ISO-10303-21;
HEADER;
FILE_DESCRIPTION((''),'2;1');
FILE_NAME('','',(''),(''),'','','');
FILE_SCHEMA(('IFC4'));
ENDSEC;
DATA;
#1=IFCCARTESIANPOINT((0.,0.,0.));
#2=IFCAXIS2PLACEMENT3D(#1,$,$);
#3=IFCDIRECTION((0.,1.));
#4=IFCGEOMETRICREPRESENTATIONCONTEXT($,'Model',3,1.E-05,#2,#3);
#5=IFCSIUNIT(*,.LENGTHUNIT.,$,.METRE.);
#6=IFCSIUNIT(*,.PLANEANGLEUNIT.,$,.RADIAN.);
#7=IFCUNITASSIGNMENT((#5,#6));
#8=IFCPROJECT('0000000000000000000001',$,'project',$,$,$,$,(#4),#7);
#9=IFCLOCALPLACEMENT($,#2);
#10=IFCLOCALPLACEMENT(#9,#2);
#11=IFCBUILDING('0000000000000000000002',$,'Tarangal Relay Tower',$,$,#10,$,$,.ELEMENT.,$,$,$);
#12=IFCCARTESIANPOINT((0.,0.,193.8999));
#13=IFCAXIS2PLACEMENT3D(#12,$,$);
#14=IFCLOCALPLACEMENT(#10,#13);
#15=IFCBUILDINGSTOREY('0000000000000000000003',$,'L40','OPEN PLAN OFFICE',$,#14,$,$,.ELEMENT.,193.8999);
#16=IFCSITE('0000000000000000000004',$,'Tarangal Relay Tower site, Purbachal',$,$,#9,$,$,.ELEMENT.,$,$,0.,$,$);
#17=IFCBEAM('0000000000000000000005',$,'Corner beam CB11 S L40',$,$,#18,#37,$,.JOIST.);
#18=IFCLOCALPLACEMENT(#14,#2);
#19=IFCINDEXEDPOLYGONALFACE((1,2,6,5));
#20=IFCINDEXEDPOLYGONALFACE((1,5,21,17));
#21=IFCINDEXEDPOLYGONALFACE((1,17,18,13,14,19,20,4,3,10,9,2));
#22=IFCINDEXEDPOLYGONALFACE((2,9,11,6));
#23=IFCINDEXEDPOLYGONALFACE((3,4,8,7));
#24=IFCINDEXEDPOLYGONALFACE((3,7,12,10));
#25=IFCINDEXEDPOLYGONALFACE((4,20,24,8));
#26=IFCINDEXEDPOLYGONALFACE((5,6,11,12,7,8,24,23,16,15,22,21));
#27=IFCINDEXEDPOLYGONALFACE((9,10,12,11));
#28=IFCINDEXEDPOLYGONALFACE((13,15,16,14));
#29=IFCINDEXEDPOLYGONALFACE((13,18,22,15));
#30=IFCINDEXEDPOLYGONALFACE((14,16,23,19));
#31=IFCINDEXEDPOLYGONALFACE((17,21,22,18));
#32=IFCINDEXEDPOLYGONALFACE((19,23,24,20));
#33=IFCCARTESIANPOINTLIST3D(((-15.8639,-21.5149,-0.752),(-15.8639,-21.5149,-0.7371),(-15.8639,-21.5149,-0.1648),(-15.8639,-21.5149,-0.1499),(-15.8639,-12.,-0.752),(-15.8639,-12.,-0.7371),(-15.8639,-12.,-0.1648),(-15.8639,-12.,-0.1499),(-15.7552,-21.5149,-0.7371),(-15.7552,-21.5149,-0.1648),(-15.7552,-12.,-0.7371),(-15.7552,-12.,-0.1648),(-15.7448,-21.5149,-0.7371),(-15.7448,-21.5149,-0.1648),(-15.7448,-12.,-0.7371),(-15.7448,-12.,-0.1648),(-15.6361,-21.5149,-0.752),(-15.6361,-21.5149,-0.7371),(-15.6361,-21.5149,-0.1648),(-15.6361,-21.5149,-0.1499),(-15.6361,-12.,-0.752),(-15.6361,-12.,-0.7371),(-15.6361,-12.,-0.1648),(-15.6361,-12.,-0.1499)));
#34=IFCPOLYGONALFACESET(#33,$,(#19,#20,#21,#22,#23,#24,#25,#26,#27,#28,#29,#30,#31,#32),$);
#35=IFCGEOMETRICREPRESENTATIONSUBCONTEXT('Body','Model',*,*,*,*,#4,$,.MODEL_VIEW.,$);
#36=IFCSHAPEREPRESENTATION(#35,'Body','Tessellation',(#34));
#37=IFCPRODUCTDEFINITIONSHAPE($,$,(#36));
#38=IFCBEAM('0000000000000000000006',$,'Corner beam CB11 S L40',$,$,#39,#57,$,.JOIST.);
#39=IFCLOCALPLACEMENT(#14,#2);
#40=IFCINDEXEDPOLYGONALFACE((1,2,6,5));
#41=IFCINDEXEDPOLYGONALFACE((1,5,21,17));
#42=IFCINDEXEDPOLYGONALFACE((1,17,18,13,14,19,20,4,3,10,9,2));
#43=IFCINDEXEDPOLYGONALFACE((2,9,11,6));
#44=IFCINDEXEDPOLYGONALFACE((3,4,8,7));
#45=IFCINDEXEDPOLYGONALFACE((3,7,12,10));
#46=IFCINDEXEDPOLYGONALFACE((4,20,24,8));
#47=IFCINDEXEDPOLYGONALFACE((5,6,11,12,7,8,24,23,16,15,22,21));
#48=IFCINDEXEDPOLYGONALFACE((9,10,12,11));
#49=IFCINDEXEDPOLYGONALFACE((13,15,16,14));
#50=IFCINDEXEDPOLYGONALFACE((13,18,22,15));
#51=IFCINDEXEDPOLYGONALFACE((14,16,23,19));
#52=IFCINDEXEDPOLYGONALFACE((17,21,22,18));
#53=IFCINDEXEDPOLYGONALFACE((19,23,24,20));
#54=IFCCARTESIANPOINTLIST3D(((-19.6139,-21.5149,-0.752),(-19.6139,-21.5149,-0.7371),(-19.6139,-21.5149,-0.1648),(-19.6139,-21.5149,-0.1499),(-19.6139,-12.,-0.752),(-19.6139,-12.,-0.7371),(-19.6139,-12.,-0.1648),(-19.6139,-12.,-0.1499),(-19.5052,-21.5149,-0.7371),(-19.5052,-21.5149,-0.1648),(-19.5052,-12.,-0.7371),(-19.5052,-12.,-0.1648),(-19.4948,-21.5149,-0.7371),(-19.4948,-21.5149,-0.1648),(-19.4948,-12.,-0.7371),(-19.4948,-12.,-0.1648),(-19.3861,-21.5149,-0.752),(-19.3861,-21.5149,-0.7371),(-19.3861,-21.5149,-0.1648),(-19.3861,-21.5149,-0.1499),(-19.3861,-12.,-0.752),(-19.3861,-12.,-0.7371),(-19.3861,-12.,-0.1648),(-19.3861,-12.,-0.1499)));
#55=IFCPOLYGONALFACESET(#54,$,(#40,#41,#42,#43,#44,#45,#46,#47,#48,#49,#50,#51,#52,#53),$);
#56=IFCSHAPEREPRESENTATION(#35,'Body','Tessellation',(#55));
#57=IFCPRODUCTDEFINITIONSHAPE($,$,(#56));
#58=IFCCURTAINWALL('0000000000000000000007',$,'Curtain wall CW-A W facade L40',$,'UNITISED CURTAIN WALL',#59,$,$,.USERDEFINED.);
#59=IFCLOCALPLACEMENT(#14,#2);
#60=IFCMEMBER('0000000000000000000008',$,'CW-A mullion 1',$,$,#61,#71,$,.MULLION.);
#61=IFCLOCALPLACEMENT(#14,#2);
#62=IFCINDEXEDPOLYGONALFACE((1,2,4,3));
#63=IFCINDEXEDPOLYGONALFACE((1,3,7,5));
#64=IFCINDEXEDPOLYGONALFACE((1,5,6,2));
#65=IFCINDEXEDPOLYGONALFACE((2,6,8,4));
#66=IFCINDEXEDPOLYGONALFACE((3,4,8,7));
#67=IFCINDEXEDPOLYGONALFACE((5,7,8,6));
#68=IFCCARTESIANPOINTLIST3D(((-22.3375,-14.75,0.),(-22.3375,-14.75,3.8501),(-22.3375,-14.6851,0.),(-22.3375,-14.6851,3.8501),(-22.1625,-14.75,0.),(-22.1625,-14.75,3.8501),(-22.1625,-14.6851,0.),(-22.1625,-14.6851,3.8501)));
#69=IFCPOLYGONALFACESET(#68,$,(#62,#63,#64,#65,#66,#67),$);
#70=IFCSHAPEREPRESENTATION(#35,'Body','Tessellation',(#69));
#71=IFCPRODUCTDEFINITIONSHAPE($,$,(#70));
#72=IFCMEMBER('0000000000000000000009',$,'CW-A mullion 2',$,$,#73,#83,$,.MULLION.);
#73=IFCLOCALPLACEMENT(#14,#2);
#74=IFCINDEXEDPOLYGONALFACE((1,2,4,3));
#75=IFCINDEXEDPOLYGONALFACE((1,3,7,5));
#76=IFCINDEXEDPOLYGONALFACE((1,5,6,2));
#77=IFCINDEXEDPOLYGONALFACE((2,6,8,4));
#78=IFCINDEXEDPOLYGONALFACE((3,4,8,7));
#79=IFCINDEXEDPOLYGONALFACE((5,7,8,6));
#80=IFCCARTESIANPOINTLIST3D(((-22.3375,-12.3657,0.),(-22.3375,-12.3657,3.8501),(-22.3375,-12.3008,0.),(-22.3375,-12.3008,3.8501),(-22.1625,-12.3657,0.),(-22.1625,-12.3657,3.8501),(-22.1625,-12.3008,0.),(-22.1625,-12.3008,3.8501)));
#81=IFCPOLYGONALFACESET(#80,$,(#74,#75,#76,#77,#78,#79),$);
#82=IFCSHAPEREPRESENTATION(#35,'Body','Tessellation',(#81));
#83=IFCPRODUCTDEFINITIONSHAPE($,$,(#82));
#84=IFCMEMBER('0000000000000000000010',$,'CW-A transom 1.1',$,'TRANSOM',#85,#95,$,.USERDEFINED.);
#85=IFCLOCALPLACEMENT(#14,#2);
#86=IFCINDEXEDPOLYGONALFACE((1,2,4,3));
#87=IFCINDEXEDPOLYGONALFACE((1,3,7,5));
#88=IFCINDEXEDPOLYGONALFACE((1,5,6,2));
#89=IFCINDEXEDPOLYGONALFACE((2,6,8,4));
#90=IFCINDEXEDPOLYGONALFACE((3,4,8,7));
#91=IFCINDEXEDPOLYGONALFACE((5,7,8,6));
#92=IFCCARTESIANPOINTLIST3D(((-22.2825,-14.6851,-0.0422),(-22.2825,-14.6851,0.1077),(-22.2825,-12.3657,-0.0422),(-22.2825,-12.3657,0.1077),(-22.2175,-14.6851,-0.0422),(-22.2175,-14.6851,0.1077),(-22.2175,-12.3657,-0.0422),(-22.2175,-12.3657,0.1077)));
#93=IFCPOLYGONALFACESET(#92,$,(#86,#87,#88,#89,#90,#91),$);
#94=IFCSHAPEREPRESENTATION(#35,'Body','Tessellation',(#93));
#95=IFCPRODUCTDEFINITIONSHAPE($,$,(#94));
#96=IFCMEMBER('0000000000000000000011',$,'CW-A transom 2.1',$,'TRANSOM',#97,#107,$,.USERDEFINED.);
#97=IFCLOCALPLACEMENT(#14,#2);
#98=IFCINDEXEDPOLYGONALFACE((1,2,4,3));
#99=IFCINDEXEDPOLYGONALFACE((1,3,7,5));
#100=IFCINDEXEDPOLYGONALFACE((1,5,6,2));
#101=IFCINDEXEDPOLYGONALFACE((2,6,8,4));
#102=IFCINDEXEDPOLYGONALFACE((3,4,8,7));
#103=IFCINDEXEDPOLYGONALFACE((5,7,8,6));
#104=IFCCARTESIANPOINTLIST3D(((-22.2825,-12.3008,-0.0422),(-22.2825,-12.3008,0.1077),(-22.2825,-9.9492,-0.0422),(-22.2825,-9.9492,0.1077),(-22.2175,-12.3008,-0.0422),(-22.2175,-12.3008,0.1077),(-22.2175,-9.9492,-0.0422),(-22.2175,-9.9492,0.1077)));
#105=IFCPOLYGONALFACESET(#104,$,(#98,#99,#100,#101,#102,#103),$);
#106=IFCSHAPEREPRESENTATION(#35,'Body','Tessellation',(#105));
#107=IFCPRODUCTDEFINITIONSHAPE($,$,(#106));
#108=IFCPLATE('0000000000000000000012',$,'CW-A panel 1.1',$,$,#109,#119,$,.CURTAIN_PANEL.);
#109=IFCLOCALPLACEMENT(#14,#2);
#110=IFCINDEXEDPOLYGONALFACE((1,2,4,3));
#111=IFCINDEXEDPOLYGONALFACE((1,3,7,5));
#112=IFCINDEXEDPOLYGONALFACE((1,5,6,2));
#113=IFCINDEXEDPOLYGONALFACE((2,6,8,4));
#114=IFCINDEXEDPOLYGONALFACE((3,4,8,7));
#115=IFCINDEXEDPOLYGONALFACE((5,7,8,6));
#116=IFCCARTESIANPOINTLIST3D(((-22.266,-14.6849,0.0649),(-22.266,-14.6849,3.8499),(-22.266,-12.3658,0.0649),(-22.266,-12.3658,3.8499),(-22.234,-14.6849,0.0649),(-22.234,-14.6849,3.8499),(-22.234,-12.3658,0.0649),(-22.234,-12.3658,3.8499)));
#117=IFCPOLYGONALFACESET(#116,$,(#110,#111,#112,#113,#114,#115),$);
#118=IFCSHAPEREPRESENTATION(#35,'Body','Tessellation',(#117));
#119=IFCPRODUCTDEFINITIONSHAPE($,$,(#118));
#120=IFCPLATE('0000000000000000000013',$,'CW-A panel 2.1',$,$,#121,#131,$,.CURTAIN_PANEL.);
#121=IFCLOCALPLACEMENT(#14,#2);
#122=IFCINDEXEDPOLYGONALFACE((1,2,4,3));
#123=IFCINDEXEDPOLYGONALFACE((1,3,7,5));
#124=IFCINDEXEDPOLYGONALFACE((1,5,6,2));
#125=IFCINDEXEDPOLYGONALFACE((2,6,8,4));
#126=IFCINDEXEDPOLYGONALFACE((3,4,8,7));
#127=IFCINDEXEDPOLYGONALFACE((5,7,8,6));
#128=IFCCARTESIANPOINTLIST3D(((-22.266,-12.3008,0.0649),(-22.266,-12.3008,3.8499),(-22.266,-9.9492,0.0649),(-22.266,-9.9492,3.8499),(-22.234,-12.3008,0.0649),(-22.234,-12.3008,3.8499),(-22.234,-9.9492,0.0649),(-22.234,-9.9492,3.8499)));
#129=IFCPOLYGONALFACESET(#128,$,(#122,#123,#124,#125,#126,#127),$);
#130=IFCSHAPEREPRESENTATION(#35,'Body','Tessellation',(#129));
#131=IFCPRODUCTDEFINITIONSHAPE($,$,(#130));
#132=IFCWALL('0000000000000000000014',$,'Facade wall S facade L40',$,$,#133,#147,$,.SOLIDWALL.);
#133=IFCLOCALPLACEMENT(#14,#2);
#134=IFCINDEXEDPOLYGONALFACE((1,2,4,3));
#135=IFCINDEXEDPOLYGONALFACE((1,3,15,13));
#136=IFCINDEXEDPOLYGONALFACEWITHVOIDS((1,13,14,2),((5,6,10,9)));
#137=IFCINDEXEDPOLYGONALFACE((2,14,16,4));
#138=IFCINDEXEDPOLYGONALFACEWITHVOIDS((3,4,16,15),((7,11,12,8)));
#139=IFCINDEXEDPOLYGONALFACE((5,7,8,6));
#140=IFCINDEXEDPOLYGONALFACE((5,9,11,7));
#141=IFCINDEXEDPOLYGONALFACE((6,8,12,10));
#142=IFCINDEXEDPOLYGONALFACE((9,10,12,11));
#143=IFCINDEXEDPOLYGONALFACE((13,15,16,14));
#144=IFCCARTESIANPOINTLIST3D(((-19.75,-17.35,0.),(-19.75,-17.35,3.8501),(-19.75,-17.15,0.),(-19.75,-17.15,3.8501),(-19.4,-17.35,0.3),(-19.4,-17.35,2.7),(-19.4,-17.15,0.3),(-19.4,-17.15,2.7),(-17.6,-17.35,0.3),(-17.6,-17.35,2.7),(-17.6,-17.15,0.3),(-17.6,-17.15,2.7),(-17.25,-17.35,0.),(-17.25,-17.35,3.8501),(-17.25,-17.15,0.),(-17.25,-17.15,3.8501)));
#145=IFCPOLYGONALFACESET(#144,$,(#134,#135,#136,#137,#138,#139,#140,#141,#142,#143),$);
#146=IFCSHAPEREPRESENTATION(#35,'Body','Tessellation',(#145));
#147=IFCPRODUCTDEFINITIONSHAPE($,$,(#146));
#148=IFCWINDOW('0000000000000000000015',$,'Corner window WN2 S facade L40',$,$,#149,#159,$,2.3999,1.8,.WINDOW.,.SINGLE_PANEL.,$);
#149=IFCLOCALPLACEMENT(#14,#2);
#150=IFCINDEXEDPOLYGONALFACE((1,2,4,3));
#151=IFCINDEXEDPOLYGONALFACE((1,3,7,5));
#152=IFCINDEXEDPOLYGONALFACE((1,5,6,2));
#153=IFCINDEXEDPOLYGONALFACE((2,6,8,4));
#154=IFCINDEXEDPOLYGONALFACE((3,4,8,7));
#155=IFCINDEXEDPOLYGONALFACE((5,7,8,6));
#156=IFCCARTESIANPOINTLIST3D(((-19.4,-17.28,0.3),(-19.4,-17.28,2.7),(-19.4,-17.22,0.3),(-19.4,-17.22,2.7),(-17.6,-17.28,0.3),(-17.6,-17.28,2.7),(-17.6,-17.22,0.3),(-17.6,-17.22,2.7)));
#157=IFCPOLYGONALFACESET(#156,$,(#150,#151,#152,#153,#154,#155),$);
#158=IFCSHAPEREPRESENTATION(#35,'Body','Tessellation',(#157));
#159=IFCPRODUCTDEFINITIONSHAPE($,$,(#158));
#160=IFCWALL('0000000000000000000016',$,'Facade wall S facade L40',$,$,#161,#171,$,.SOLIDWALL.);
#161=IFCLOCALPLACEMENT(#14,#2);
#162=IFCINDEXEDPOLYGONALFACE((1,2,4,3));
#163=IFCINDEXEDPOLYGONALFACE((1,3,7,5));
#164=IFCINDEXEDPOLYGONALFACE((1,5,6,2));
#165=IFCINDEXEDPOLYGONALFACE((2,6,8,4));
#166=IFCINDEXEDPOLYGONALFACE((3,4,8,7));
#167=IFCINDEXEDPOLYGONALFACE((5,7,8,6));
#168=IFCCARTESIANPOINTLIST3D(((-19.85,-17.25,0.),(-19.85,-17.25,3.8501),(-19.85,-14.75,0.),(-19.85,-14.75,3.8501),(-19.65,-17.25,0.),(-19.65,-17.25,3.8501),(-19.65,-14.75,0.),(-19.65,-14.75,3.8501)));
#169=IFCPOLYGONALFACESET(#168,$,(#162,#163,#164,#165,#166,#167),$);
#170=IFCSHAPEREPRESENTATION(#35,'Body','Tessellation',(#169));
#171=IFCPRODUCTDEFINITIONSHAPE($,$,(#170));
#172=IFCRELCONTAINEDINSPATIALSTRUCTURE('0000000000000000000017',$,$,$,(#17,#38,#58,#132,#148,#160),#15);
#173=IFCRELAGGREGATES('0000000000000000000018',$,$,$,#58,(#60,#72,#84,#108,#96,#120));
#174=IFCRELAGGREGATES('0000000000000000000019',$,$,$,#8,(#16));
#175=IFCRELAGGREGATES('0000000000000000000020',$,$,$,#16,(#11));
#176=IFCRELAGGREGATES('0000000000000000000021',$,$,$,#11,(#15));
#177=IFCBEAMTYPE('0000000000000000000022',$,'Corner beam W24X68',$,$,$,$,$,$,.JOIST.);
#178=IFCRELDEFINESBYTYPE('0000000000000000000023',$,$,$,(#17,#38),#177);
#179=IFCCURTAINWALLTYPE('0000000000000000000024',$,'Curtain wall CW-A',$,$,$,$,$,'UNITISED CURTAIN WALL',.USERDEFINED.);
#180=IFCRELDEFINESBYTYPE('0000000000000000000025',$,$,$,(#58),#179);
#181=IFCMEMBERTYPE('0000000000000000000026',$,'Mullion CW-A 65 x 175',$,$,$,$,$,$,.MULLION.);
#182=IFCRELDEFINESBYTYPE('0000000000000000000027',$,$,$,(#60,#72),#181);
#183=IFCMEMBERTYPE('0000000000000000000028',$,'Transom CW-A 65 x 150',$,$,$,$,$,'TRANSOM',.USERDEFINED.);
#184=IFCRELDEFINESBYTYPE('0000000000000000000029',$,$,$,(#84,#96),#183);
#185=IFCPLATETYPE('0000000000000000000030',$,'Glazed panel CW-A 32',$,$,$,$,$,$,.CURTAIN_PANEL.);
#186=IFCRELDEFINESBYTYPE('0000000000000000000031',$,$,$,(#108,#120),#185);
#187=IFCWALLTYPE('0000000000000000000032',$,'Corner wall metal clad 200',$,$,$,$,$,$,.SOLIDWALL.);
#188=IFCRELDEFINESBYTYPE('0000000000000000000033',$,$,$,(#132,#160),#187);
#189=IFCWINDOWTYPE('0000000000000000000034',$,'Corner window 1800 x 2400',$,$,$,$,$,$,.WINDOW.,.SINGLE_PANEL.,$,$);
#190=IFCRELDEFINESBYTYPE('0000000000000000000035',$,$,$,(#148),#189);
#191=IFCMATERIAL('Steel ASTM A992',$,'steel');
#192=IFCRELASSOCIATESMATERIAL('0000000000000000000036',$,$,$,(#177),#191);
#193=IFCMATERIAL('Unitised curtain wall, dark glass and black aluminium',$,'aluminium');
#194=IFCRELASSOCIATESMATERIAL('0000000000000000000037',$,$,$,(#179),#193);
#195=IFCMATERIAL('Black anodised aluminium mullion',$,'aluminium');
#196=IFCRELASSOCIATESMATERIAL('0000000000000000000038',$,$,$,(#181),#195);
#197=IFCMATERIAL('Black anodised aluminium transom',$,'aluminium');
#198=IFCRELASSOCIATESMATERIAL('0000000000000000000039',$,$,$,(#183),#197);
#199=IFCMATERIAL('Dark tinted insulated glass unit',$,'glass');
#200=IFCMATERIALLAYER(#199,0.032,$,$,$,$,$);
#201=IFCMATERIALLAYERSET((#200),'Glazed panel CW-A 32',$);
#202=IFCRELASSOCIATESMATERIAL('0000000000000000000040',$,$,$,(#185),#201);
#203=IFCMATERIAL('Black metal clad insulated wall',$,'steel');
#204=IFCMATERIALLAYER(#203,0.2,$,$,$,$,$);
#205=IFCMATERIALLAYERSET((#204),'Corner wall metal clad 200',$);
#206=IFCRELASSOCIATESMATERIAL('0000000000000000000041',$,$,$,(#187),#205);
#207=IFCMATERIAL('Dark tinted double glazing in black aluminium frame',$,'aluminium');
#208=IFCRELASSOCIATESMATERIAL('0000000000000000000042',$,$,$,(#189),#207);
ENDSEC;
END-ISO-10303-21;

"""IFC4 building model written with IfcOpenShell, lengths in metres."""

from ifc_helpers import new_model, si_unit, direction, frame, frame_2d, origin, origin_2d, place, context, subcontext, project, spatial, rectangle, i_section, extrude, material, layer, layer_set, material_profile, profile_set, type_object, element, fill, aggregate, save


model = new_model("IFC4")

# Units and contexts
model_context = context("Model", 3, precision=1e-05, world=origin(), true_north=direction((0.0, 1.0)))
body_context = subcontext(model_context, "Body", "Model", "MODEL_VIEW")
ifc_project = project(units=[si_unit("LENGTHUNIT", "METRE"), si_unit("PLANEANGLEUNIT", "RADIAN")], contexts=[model_context])

# Site, building, storey
site_placement = place(None, origin())
site = spatial("IfcSite", under=ifc_project, at=site_placement, Name="Tarangal Relay Tower site, Purbachal", CompositionType="ELEMENT", RefElevation=0.0)
building_placement = place(site_placement, origin())
building = spatial("IfcBuilding", under=site, at=building_placement, Name="Tarangal Relay Tower", CompositionType="ELEMENT")
storey_placement = place(building_placement, frame((0.0, 0.0, 193.8999)))
storey = spatial("IfcBuildingStorey", under=building, at=storey_placement, Name="L40", Description="OPEN PLAN OFFICE", CompositionType="ELEMENT", Elevation=193.8999)

# Beams
ifc_material_1 = material(Name="Steel ASTM A992", Category="steel")
ifc_material_profile_1 = material_profile(ifc_material_1, i_section(OverallWidth=0.2278, OverallDepth=0.6021, WebThickness=0.0105, FlangeThickness=0.0149, at=origin_2d()), Name="W24X68")
ifc_profile_set_1 = profile_set([ifc_material_profile_1], Name="Steel ASTM A992")
beam_type = type_object("IfcBeamType", Name="Corner beam W24X68", PredefinedType="JOIST", material=ifc_profile_set_1)
for number, where, z_axis, x_axis, name in (
    (1, (-15.75, -12.0, -0.4509), (0.0, -1.0, 0.0), (1.0, 0.0, 0.0), "Corner beam CB11 S L40"),
    (2, (-19.5, -12.0, -0.4509), (0.0, -1.0, 0.0), (1.0, 0.0, 0.0), "Corner beam CB11 S L40"),
):
    element("IfcBeam", number, at=place(storey_placement, frame(where, z_axis=z_axis, x_axis=x_axis)), inside=storey, type_object=beam_type, Name=name, PredefinedType="JOIST", context=body_context, shape_type="SweptSolid", body=[
        extrude(i_section(OverallWidth=0.2278, OverallDepth=0.6021, WebThickness=0.0105, FlangeThickness=0.0149, at=origin_2d()), origin(), (0.0, 0.0, 1.0), 9.5149),
    ])

# Curtain wall, members, plates
ifc_material_2 = material(Name="Unitised curtain wall, dark glass and black aluminium", Category="aluminium")
curtain_wall_type = type_object("IfcCurtainWallType", Name="Curtain wall CW-A", ElementType="UNITISED CURTAIN WALL", PredefinedType="USERDEFINED", material=ifc_material_2)
curtain_wall_placement = place(storey_placement, origin())
curtain_wall = element("IfcCurtainWall", 3, at=curtain_wall_placement, inside=storey, type_object=curtain_wall_type, Name="Curtain wall CW-A W facade L40", ObjectType="UNITISED CURTAIN WALL", PredefinedType="USERDEFINED")
ifc_material_3 = material(Name="Black anodised aluminium mullion", Category="aluminium")
ifc_material_profile_2 = material_profile(ifc_material_3, rectangle(XDim=0.175, YDim=0.0649, at=origin_2d()), Name="CW-AM 65X175")
ifc_profile_set_2 = profile_set([ifc_material_profile_2], Name="Black anodised aluminium mullion")
member_type_1 = type_object("IfcMemberType", Name="Mullion CW-A 65 x 175", PredefinedType="MULLION", material=ifc_profile_set_2)
member_1_placement = place(storey_placement, frame((-22.25, -14.7175, 0.0), z_axis=(0.0, 0.0, 1.0), x_axis=(-1.0, 0.0, 0.0)))
member_1 = element("IfcMember", 4, at=member_1_placement, type_object=member_type_1, Name="CW-A mullion 1", PredefinedType="MULLION", context=body_context, shape_type="SweptSolid", body=[
    extrude(rectangle(XDim=0.175, YDim=0.0649, at=origin_2d()), origin(), (0.0, 0.0, 1.0), 3.8501),
])
member_2_placement = place(storey_placement, frame((-22.25, -12.3333, 0.0), z_axis=(0.0, 0.0, 1.0), x_axis=(-1.0, 0.0, 0.0)))
member_2 = element("IfcMember", 5, at=member_2_placement, type_object=member_type_1, Name="CW-A mullion 2", PredefinedType="MULLION", context=body_context, shape_type="SweptSolid", body=[
    extrude(rectangle(XDim=0.175, YDim=0.0649, at=origin_2d()), origin(), (0.0, 0.0, 1.0), 3.8501),
])
ifc_material_4 = material(Name="Black anodised aluminium transom", Category="aluminium")
ifc_material_profile_3 = material_profile(ifc_material_4, rectangle(XDim=0.0649, YDim=0.1499, at=origin_2d()), Name="CW-AT 65X150")
ifc_profile_set_3 = profile_set([ifc_material_profile_3], Name="Black anodised aluminium transom")
member_type_2 = type_object("IfcMemberType", Name="Transom CW-A 65 x 150", ElementType="TRANSOM", PredefinedType="USERDEFINED", material=ifc_profile_set_3)
member_3_placement = place(storey_placement, frame((-22.25, -14.6851, 0.0327), z_axis=(0.0, 1.0, 0.0), x_axis=(-1.0, 0.0, 0.0)))
member_3 = element("IfcMember", 6, at=member_3_placement, type_object=member_type_2, Name="CW-A transom 1.1", ObjectType="TRANSOM", PredefinedType="USERDEFINED", context=body_context, shape_type="SweptSolid", body=[
    extrude(rectangle(XDim=0.0649, YDim=0.1499, at=origin_2d()), origin(), (0.0, 0.0, 1.0), 2.3193),
])
member_4_placement = place(storey_placement, frame((-22.25, -12.3008, 0.0327), z_axis=(0.0, 1.0, 0.0), x_axis=(-1.0, 0.0, 0.0)))
member_4 = element("IfcMember", 7, at=member_4_placement, type_object=member_type_2, Name="CW-A transom 2.1", ObjectType="TRANSOM", PredefinedType="USERDEFINED", context=body_context, shape_type="SweptSolid", body=[
    extrude(rectangle(XDim=0.0649, YDim=0.1499, at=origin_2d()), origin(), (0.0, 0.0, 1.0), 2.3516),
])
ifc_material_5 = material(Name="Dark tinted insulated glass unit", Category="glass")
ifc_layer_1 = layer(ifc_material_5, 0.032)
ifc_layer_set_1 = layer_set([ifc_layer_1], Name="Glazed panel CW-A 32")
plate_type = type_object("IfcPlateType", Name="Glazed panel CW-A 32", PredefinedType="CURTAIN_PANEL", material=ifc_layer_set_1)
plate_1_placement = place(storey_placement, frame((-22.25, -13.5254, 0.0649), z_axis=(0.0, 0.0, 1.0), x_axis=(0.0, 1.0, 0.0)))
plate_1 = element("IfcPlate", 8, at=plate_1_placement, type_object=plate_type, Name="CW-A panel 1.1", PredefinedType="CURTAIN_PANEL", context=body_context, shape_type="SweptSolid", body=[
    extrude(rectangle(XDim=2.3191, YDim=0.032, at=origin_2d()), origin(), (0.0, 0.0, 1.0), 3.7849),
])
plate_2_placement = place(storey_placement, frame((-22.25, -11.125, 0.0649), z_axis=(0.0, 0.0, 1.0), x_axis=(0.0, 1.0, 0.0)))
plate_2 = element("IfcPlate", 9, at=plate_2_placement, type_object=plate_type, Name="CW-A panel 2.1", PredefinedType="CURTAIN_PANEL", context=body_context, shape_type="SweptSolid", body=[
    extrude(rectangle(XDim=2.3516, YDim=0.032, at=origin_2d()), origin(), (0.0, 0.0, 1.0), 3.7849),
])
aggregate(curtain_wall, [member_1, member_2, member_3, plate_1, member_4, plate_2])

# Wall, opening, window
ifc_material_6 = material(Name="Black metal clad insulated wall", Category="steel")
ifc_layer_2 = layer(ifc_material_6, 0.2)
ifc_layer_set_2 = layer_set([ifc_layer_2], Name="Corner wall metal clad 200")
wall_type_1 = type_object("IfcWallType", Name="Corner wall metal clad 200", PredefinedType="SOLIDWALL", material=ifc_layer_set_2)
wall_1_placement = place(storey_placement, frame((-17.25, -17.25, 0.0), z_axis=(0.0, 0.0, 1.0), x_axis=(-1.0, 0.0, 0.0)))
wall_1 = element("IfcWall", 10, at=wall_1_placement, inside=storey, type_object=wall_type_1, Name="Facade wall S facade L40", PredefinedType="SOLIDWALL", context=body_context, shape_type="SweptSolid", body=[
    extrude(rectangle(XDim=2.5, YDim=0.2, at=frame_2d((1.25, 0.0))), origin(), (0.0, 0.0, 1.0), 3.8501),
])
opening_1_placement = place(wall_1_placement, frame((0.3501, 0.0, 0.3)))
opening_1 = element("IfcOpeningElement", 11, at=opening_1_placement, cuts=wall_1, PredefinedType="OPENING", context=body_context, shape_type="SweptSolid", body=[
    extrude(rectangle(XDim=1.8, YDim=2.3999, at=frame_2d((0.8999, 1.2))), frame((0.0, 0.1099, 0.0), z_axis=(0.0, -1.0, 0.0), x_axis=(1.0, 0.0, 0.0)), (0.0, 0.0, 1.0), 0.22),
])
ifc_material_7 = material(Name="Dark tinted double glazing in black aluminium frame", Category="aluminium")
window_type = type_object("IfcWindowType", Name="Corner window 1800 x 2400", PartitioningType="SINGLE_PANEL", PredefinedType="WINDOW", material=ifc_material_7)
window_1_placement = place(opening_1_placement, origin())
window_1 = element("IfcWindow", 12, at=window_1_placement, inside=storey, type_object=window_type, Name="Corner window WN2 S facade L40", OverallHeight=2.3999, OverallWidth=1.8, PartitioningType="SINGLE_PANEL", PredefinedType="WINDOW", context=body_context, shape_type="SweptSolid", body=[
    extrude(rectangle(XDim=1.8, YDim=2.3999, at=frame_2d((0.8999, 1.2))), frame((0.0, 0.03, 0.0), z_axis=(0.0, -1.0, 0.0), x_axis=(1.0, 0.0, 0.0)), (0.0, 0.0, 1.0), 0.0601),
])
fill(opening_1, window_1)

# Wall
wall_2_placement = place(storey_placement, frame((-19.75, -17.25, 0.0), z_axis=(0.0, 0.0, 1.0), x_axis=(0.0, 1.0, 0.0)))
element("IfcWall", 13, at=wall_2_placement, inside=storey, type_object=wall_type_1, Name="Facade wall S facade L40", PredefinedType="SOLIDWALL", context=body_context, shape_type="SweptSolid", body=[
    extrude(rectangle(XDim=2.5, YDim=0.2, at=frame_2d((1.25, 0.0))), origin(), (0.0, 0.0, 1.0), 3.8501),
])

save(model, "model.ifc")
